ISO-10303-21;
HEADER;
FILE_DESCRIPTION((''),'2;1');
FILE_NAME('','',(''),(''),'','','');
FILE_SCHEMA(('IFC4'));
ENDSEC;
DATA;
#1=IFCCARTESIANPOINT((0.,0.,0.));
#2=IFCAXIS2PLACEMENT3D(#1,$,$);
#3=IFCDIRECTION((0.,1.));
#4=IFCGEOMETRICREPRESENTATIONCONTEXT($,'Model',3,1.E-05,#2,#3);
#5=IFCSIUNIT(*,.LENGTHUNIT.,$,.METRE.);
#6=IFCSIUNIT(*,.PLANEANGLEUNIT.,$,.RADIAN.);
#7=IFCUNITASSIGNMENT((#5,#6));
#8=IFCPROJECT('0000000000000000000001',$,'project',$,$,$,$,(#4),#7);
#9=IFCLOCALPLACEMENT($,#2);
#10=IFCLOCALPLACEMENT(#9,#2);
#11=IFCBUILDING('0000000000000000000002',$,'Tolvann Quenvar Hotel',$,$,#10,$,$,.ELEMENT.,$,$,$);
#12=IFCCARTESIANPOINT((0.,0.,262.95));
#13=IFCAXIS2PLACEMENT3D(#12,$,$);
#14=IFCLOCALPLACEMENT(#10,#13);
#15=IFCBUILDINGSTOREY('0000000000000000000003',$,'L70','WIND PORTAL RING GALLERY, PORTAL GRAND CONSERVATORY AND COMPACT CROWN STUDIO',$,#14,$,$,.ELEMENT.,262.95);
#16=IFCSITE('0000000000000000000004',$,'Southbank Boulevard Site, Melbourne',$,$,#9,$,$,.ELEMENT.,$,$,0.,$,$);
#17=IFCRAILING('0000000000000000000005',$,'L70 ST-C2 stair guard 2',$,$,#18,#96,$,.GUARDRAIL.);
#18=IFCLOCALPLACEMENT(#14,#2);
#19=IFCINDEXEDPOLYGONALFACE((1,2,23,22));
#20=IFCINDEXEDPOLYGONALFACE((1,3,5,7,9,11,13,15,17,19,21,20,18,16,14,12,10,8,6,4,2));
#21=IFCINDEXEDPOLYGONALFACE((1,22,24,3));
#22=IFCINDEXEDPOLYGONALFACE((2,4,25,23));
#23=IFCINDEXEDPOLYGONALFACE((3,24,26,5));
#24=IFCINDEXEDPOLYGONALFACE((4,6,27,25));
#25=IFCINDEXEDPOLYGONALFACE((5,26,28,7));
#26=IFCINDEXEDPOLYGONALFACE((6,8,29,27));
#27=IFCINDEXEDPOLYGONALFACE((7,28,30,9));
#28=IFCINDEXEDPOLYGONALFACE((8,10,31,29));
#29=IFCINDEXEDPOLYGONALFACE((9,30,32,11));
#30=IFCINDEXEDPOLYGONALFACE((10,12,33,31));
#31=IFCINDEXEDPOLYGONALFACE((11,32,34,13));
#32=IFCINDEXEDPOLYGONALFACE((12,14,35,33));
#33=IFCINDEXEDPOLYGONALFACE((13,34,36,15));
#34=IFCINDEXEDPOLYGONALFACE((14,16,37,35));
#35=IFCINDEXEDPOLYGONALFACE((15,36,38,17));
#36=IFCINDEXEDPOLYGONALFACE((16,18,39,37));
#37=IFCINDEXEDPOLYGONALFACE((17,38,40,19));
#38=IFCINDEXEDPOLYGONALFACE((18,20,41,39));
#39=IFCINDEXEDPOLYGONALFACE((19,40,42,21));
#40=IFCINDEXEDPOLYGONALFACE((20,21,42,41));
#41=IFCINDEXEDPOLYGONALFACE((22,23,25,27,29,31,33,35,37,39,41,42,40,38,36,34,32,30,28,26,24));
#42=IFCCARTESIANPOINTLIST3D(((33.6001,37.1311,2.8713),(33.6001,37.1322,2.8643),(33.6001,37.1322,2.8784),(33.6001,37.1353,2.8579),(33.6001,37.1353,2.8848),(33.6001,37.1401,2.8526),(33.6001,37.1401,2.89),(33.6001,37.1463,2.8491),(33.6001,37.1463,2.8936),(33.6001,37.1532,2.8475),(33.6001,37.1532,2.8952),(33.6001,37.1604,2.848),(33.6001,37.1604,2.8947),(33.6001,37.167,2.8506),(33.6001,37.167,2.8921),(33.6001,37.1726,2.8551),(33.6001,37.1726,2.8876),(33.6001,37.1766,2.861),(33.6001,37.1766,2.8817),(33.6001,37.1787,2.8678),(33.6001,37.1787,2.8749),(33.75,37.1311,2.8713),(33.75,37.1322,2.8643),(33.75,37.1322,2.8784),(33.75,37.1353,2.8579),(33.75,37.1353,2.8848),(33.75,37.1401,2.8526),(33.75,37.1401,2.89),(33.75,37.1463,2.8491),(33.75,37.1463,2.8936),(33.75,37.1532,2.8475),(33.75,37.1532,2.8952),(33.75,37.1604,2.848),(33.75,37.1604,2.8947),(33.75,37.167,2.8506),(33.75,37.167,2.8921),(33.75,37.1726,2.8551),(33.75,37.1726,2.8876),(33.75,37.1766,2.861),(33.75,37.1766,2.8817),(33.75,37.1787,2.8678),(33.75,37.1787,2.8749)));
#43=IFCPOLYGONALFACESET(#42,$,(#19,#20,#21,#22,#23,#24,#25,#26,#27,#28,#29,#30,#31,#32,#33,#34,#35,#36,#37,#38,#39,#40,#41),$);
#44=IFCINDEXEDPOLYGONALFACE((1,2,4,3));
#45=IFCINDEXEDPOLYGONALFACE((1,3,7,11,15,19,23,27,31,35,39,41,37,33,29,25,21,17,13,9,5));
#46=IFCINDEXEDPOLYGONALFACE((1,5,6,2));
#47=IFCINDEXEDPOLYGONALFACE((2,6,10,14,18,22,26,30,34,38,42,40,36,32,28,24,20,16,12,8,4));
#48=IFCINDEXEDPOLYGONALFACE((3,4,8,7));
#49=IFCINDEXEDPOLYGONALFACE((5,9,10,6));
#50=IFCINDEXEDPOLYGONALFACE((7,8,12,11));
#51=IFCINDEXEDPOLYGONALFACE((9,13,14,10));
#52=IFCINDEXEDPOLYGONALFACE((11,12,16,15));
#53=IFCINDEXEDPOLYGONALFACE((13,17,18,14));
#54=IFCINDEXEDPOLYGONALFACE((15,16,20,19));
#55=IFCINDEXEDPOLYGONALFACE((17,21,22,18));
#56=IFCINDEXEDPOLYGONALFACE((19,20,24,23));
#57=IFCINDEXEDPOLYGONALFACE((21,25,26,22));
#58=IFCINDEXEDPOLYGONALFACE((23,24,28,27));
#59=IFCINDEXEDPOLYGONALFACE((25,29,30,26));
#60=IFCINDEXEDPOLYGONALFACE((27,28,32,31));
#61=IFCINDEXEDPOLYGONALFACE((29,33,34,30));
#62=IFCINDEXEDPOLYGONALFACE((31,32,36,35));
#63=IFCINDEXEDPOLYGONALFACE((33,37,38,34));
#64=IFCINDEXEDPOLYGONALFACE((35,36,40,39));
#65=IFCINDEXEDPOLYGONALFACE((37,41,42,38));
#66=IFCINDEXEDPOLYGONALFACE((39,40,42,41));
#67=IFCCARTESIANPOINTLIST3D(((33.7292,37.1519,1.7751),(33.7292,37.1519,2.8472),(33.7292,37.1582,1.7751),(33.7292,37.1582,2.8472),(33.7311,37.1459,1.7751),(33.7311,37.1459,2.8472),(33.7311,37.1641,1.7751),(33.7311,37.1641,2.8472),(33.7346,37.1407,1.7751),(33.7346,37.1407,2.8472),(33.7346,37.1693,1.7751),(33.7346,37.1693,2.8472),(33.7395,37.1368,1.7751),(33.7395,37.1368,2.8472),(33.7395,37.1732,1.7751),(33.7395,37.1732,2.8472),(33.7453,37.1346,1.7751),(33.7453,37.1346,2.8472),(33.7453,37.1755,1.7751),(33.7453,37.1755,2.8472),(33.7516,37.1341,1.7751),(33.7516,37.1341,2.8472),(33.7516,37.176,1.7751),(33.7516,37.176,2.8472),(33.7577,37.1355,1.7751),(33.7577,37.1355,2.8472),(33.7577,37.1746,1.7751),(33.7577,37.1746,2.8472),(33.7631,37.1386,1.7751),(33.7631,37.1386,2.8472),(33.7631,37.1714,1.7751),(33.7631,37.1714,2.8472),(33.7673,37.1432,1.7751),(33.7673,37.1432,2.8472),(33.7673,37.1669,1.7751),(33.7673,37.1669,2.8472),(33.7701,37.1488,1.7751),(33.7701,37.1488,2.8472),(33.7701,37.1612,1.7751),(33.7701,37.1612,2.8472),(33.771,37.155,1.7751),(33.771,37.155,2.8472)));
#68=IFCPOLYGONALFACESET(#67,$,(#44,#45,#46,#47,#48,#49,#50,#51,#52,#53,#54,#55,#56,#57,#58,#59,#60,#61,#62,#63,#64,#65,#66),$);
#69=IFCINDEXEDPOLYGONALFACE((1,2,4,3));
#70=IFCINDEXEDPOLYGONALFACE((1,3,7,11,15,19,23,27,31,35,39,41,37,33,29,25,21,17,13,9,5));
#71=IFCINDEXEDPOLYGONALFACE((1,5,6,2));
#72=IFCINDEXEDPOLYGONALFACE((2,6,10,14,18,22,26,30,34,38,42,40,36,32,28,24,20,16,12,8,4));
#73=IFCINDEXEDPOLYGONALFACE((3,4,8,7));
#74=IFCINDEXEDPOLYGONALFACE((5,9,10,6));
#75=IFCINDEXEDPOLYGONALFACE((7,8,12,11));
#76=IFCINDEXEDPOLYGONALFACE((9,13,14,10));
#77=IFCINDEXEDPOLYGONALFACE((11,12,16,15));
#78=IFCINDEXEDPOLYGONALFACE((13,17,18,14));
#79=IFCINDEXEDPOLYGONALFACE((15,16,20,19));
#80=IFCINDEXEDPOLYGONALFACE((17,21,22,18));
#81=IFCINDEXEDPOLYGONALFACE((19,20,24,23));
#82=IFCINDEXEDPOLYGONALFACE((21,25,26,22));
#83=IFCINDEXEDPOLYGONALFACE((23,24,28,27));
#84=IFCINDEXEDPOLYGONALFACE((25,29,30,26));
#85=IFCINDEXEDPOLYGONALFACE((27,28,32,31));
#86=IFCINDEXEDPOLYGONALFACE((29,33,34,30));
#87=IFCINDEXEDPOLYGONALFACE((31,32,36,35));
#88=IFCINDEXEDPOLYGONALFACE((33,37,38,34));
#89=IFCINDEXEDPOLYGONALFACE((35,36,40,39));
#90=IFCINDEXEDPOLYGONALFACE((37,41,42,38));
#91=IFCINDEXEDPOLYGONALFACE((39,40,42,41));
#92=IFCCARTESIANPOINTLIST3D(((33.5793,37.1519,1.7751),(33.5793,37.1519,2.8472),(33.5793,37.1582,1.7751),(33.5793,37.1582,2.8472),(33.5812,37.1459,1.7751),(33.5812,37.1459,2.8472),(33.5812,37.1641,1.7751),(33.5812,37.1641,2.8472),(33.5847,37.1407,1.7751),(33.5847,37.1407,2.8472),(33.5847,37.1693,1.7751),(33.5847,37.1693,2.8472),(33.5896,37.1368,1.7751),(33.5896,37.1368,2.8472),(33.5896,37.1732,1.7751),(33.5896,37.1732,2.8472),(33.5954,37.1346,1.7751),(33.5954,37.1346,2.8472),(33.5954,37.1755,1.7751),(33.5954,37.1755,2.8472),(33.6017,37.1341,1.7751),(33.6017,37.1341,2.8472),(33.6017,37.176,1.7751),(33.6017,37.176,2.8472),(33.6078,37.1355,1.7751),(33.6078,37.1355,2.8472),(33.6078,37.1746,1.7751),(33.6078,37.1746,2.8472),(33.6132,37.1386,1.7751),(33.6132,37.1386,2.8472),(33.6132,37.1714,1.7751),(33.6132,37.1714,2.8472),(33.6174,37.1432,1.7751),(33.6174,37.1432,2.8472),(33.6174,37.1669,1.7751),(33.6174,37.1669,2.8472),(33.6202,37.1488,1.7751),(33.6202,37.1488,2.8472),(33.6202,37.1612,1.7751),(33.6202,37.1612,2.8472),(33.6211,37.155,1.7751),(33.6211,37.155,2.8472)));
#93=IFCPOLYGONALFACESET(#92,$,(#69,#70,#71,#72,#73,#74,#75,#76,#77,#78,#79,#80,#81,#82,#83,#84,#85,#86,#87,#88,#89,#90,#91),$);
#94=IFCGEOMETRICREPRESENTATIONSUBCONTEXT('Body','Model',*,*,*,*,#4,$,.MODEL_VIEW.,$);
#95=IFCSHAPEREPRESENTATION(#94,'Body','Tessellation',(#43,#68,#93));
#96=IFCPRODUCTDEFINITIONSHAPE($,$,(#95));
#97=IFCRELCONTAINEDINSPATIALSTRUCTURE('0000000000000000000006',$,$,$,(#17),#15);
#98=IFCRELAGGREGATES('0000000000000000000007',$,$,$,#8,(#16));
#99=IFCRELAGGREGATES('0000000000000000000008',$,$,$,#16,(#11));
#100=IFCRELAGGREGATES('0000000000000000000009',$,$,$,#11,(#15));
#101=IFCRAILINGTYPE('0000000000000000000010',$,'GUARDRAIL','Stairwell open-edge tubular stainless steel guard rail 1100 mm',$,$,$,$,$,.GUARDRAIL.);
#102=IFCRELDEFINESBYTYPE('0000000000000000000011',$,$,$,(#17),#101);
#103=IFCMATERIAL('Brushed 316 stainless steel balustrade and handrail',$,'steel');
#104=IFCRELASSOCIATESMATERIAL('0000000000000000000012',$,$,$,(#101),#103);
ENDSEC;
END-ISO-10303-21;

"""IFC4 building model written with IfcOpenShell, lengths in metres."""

from ifc_helpers import new_model, si_unit, direction, frame, origin, origin_2d, place, context, subcontext, project, spatial, circle, extrude, material, type_object, element, save


model = new_model("IFC4")

# Units and contexts
model_context = context("Model", 3, precision=1e-05, world=origin(), true_north=direction((0.0, 1.0)))
body_context = subcontext(model_context, "Body", "Model", "MODEL_VIEW")
ifc_project = project(units=[si_unit("LENGTHUNIT", "METRE"), si_unit("PLANEANGLEUNIT", "RADIAN")], contexts=[model_context])

# Site, building, storey
site_placement = place(None, origin())
site = spatial("IfcSite", under=ifc_project, at=site_placement, Name="Southbank Boulevard Site, Melbourne", CompositionType="ELEMENT", RefElevation=0.0)
building_placement = place(site_placement, origin())
building = spatial("IfcBuilding", under=site, at=building_placement, Name="Tolvann Quenvar Hotel", CompositionType="ELEMENT")
storey_placement = place(building_placement, frame((0.0, 0.0, 262.95)))
storey = spatial("IfcBuildingStorey", under=building, at=storey_placement, Name="L70", Description="WIND PORTAL RING GALLERY, PORTAL GRAND CONSERVATORY AND COMPACT CROWN STUDIO", CompositionType="ELEMENT", Elevation=262.95)

# Railing
ifc_material_1 = material(Name="Brushed 316 stainless steel balustrade and handrail", Category="steel")
railing_type_1 = type_object("IfcRailingType", Name="GUARDRAIL", Description="Stairwell open-edge tubular stainless steel guard rail 1100 mm", PredefinedType="GUARDRAIL", material=ifc_material_1)
railing_1_placement = place(storey_placement, frame((33.75, 37.155, 1.7751)))
element("IfcRailing", 1, at=railing_1_placement, inside=storey, type_object=railing_type_1, Name="L70 ST-C2 stair guard 2", PredefinedType="GUARDRAIL", context=body_context, shape_type="SweptSolid", body=[
    extrude(circle(Radius=0.0239, at=origin_2d()), frame((0.0, 0.0, 1.0962), z_axis=(-1.0, 0.0, 0.0), x_axis=(0.0, -1.0, 0.0)), (0.0, 0.0, 1.0), 0.1499),
    extrude(circle(Radius=0.021, at=origin_2d()), origin(), (0.0, 0.0, 1.0), 1.072),
    extrude(circle(Radius=0.021, at=origin_2d()), frame((-0.1499, 0.0, 0.0)), (0.0, 0.0, 1.0), 1.072),
])

save(model, "model.ifc")
